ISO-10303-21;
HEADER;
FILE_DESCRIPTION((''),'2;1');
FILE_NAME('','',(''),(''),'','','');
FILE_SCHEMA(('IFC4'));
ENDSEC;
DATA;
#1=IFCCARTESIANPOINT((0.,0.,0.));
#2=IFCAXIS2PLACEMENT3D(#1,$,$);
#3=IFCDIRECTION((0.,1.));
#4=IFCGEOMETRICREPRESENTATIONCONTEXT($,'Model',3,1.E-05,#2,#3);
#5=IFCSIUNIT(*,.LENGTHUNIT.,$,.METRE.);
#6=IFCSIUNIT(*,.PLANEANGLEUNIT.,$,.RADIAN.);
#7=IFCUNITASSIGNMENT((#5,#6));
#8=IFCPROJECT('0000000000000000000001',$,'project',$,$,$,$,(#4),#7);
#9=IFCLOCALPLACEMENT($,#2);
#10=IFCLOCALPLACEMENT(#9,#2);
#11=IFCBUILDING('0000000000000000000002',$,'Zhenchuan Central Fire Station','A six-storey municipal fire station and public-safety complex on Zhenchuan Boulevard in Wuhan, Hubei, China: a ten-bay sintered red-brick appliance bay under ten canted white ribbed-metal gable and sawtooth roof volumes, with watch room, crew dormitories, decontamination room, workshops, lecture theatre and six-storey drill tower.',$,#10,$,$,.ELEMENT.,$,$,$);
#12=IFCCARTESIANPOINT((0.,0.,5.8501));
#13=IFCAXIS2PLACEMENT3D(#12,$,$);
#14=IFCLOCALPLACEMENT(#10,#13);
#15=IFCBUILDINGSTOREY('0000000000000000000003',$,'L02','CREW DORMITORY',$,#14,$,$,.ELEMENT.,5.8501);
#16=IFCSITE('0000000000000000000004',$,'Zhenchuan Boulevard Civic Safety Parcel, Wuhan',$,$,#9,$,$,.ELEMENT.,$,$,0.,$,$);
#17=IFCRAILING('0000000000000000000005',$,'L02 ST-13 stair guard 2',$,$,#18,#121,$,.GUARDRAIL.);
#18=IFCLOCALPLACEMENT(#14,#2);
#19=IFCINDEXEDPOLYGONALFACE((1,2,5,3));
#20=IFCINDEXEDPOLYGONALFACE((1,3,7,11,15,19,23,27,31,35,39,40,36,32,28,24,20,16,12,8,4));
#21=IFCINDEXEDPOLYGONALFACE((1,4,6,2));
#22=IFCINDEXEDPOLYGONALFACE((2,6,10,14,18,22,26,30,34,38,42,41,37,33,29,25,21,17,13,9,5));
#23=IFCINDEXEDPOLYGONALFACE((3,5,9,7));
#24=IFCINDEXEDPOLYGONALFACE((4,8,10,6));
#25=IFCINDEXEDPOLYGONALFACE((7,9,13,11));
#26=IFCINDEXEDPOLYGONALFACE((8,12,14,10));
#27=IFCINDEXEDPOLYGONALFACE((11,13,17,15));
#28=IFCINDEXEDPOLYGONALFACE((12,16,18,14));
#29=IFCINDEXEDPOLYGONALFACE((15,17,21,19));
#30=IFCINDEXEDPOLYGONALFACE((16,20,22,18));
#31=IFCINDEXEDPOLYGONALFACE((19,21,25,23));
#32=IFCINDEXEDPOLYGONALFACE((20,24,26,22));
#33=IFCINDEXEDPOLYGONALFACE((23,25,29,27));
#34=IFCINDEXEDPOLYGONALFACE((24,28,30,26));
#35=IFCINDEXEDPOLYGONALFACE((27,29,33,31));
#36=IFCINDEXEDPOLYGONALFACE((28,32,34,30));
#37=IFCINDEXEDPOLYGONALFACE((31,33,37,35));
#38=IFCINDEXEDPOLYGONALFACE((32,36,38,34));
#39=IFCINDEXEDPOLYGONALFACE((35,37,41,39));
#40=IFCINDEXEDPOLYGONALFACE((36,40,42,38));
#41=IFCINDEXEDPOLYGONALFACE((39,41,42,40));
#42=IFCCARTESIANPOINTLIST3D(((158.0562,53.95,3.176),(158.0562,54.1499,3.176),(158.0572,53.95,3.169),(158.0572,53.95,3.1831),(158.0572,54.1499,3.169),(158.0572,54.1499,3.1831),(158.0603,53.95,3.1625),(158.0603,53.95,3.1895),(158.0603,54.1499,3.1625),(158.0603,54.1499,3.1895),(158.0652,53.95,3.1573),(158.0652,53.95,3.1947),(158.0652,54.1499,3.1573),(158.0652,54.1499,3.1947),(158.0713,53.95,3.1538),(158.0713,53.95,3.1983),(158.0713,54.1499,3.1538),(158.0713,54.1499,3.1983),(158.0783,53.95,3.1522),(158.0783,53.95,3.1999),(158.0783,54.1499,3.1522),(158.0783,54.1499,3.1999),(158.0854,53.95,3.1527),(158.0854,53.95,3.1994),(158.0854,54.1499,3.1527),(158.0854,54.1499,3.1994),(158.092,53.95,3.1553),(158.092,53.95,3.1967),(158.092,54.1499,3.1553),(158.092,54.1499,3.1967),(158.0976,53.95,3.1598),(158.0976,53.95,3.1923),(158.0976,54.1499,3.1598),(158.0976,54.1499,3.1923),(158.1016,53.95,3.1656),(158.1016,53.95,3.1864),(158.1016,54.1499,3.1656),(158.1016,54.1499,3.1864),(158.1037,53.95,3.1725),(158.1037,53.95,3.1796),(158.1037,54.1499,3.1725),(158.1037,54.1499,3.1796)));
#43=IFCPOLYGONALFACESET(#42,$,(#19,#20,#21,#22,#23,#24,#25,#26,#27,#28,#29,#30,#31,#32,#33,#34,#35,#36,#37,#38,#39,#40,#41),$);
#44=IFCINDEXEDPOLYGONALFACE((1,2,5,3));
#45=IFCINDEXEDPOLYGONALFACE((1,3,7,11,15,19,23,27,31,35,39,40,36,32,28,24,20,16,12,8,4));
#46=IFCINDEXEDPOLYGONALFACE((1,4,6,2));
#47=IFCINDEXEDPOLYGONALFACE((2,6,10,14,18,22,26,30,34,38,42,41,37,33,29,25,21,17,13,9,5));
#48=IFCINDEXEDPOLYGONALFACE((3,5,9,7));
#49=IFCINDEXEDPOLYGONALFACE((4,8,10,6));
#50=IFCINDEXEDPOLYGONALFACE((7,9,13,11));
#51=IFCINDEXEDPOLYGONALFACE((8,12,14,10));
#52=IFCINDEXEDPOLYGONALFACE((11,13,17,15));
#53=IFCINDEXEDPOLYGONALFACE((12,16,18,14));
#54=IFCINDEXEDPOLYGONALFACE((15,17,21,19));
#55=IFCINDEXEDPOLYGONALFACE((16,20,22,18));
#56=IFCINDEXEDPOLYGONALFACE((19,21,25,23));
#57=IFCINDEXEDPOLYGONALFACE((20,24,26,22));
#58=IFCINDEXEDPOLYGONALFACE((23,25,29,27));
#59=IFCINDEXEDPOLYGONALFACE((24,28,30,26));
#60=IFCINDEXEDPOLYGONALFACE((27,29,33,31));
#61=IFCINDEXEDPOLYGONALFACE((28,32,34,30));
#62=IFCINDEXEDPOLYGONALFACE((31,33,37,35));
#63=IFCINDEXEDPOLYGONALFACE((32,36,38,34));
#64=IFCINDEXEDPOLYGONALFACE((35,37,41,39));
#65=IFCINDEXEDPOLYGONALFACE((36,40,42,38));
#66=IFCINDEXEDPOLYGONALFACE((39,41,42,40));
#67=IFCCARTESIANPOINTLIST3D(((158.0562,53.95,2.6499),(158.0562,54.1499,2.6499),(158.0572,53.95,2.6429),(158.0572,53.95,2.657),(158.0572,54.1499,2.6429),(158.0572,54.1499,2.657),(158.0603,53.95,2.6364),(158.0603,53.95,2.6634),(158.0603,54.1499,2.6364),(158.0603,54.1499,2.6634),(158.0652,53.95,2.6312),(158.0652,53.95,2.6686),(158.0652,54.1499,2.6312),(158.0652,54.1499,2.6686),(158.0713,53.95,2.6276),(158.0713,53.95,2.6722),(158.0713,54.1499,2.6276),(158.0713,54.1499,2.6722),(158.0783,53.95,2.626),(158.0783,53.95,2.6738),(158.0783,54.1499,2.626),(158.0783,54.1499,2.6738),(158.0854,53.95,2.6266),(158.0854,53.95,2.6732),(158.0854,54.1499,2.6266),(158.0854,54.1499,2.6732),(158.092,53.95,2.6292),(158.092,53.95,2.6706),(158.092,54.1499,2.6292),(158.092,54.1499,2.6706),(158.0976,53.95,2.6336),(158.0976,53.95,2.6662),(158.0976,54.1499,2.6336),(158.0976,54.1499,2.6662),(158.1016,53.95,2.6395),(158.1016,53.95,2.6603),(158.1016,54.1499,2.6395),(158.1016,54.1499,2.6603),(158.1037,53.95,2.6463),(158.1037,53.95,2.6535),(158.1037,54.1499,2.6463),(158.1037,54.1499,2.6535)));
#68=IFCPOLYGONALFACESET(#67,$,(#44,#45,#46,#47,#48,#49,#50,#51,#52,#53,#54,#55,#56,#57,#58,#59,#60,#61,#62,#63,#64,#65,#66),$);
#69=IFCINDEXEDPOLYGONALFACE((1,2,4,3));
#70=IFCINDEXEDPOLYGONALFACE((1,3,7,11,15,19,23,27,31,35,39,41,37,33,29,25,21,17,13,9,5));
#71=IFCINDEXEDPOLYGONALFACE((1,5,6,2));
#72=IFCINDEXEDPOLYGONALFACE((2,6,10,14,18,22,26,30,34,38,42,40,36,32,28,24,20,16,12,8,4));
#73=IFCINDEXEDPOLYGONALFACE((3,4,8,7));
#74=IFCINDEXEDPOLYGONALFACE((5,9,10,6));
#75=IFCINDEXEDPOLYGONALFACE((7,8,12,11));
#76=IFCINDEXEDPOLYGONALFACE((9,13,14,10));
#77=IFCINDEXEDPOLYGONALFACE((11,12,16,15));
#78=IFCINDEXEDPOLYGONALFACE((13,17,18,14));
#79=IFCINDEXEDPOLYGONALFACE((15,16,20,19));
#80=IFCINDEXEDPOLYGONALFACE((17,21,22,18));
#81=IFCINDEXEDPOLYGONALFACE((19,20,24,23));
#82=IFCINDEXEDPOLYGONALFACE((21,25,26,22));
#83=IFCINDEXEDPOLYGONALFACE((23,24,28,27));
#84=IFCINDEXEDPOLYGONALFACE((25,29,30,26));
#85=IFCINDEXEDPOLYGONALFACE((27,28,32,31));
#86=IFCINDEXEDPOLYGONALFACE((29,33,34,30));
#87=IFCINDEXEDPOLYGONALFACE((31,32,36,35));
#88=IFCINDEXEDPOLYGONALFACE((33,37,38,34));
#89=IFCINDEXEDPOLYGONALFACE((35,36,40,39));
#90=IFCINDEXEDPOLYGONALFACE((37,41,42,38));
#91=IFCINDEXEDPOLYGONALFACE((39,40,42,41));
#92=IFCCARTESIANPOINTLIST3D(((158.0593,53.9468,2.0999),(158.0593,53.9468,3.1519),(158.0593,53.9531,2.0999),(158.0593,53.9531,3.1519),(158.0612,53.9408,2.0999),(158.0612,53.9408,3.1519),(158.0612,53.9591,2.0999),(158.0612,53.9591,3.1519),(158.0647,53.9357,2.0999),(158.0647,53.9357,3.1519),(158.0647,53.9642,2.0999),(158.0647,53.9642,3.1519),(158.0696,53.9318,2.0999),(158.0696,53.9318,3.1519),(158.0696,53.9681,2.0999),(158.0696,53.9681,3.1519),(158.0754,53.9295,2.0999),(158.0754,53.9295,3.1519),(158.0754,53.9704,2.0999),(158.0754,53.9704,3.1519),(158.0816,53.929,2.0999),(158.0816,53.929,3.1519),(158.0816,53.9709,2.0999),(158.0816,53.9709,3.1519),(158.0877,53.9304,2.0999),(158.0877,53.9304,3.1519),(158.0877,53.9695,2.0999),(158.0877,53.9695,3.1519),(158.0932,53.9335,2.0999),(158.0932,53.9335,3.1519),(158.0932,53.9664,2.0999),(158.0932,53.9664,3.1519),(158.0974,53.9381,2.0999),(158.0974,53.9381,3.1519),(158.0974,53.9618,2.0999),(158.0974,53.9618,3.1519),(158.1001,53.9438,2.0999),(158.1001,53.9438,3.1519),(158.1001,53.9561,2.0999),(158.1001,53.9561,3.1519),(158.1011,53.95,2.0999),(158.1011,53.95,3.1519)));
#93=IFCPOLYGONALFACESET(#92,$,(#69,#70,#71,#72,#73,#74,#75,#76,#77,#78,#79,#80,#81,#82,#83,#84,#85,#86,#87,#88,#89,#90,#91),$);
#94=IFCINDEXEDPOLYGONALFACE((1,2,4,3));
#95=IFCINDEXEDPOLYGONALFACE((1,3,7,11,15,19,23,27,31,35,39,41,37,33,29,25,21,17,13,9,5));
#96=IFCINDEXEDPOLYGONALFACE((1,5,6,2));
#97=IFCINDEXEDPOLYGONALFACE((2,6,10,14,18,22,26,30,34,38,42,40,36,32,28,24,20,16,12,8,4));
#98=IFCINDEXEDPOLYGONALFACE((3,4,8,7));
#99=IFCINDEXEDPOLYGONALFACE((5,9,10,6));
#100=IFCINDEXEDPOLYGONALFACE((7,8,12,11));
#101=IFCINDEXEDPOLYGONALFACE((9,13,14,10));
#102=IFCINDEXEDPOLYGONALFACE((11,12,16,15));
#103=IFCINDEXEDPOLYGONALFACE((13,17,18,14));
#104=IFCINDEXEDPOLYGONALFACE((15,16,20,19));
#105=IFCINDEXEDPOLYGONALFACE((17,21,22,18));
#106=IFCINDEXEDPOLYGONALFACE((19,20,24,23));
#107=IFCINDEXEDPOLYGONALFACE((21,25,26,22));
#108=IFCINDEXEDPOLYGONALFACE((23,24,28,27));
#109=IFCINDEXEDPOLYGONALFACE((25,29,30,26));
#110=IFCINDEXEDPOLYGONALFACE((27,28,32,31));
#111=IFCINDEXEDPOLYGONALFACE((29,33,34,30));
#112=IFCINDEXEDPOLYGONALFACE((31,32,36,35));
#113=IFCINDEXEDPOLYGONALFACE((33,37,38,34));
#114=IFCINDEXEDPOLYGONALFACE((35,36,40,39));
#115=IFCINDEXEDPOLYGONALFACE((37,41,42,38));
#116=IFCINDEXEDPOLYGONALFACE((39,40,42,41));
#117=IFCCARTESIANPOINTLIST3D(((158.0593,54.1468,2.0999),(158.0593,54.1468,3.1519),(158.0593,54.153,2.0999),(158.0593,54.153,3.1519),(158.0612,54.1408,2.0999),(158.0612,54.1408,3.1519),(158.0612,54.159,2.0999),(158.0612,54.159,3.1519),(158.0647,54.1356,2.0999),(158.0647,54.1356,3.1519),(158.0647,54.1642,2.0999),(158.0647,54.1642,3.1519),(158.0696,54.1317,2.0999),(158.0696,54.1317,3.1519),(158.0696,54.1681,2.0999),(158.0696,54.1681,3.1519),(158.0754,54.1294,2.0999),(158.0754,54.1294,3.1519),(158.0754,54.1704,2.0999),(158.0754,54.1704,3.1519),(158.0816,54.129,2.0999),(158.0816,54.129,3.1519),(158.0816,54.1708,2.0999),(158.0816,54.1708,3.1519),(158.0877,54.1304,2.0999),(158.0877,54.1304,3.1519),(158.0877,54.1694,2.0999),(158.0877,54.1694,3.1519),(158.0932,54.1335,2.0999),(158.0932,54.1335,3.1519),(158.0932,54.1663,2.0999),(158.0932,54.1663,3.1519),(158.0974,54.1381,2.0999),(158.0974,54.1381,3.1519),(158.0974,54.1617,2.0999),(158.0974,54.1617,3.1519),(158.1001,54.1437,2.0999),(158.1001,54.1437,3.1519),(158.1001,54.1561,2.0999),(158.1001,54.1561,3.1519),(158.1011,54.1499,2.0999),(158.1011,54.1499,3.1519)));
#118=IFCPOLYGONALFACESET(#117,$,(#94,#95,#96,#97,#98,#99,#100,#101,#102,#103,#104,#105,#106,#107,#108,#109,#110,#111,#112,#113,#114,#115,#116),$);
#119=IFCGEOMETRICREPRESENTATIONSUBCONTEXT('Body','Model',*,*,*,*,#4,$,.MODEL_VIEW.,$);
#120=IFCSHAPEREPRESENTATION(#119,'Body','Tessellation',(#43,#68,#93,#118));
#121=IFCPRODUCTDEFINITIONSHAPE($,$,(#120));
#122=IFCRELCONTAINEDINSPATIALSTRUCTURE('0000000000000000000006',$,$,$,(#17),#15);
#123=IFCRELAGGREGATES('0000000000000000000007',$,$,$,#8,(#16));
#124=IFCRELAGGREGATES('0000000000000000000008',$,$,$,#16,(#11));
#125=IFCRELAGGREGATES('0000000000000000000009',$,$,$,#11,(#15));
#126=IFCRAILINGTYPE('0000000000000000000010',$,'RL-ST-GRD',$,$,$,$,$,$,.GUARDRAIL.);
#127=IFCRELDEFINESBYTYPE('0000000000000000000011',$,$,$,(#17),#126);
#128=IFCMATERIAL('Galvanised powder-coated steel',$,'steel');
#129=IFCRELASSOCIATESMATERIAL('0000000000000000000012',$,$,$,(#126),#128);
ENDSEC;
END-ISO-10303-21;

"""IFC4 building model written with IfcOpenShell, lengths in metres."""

from ifc_helpers import new_model, si_unit, direction, frame, origin, origin_2d, place, context, subcontext, project, spatial, circle, extrude, material, type_object, element, save


model = new_model("IFC4")

# Units and contexts
model_context = context("Model", 3, precision=1e-05, world=origin(), true_north=direction((0.0, 1.0)))
body_context = subcontext(model_context, "Body", "Model", "MODEL_VIEW")
ifc_project = project(units=[si_unit("LENGTHUNIT", "METRE"), si_unit("PLANEANGLEUNIT", "RADIAN")], contexts=[model_context])

# Site, building, storey
site_placement = place(None, origin())
site = spatial("IfcSite", under=ifc_project, at=site_placement, Name="Zhenchuan Boulevard Civic Safety Parcel, Wuhan", CompositionType="ELEMENT", RefElevation=0.0)
building_placement = place(site_placement, origin())
building = spatial("IfcBuilding", under=site, at=building_placement, Name="Zhenchuan Central Fire Station", Description="A six-storey municipal fire station and public-safety complex on Zhenchuan Boulevard in Wuhan, Hubei, China: a ten-bay sintered red-brick appliance bay under ten canted white ribbed-metal gable and sawtooth roof volumes, with watch room, crew dormitories, decontamination room, workshops, lecture theatre and six-storey drill tower.", CompositionType="ELEMENT")
storey_placement = place(building_placement, frame((0.0, 0.0, 5.8501)))
storey = spatial("IfcBuildingStorey", under=building, at=storey_placement, Name="L02", Description="CREW DORMITORY", CompositionType="ELEMENT", Elevation=5.8501)

# Railing
ifc_material_1 = material(Name="Galvanised powder-coated steel", Category="steel")
railing_type_1 = type_object("IfcRailingType", Name="RL-ST-GRD", PredefinedType="GUARDRAIL", material=ifc_material_1)
railing_1_placement = place(storey_placement, frame((158.0801, 53.95, 2.0999)))
element("IfcRailing", 1, at=railing_1_placement, inside=storey, type_object=railing_type_1, Name="L02 ST-13 stair guard 2", PredefinedType="GUARDRAIL", context=body_context, shape_type="SweptSolid", body=[
    extrude(circle(Radius=0.0239, at=origin_2d()), frame((0.0, 0.0, 1.0762), z_axis=(0.0, 1.0, 0.0), x_axis=(-1.0, 0.0, 0.0)), (0.0, 0.0, 1.0), 0.2),
    extrude(circle(Radius=0.0239, at=origin_2d()), frame((0.0, 0.0, 0.55), z_axis=(0.0, 1.0, 0.0), x_axis=(-1.0, 0.0, 0.0)), (0.0, 0.0, 1.0), 0.2),
    extrude(circle(Radius=0.021, at=origin_2d()), origin(), (0.0, 0.0, 1.0), 1.052),
    extrude(circle(Radius=0.021, at=origin_2d()), frame((0.0, 0.2, 0.0)), (0.0, 0.0, 1.0), 1.052),
])

save(model, "model.ifc")
